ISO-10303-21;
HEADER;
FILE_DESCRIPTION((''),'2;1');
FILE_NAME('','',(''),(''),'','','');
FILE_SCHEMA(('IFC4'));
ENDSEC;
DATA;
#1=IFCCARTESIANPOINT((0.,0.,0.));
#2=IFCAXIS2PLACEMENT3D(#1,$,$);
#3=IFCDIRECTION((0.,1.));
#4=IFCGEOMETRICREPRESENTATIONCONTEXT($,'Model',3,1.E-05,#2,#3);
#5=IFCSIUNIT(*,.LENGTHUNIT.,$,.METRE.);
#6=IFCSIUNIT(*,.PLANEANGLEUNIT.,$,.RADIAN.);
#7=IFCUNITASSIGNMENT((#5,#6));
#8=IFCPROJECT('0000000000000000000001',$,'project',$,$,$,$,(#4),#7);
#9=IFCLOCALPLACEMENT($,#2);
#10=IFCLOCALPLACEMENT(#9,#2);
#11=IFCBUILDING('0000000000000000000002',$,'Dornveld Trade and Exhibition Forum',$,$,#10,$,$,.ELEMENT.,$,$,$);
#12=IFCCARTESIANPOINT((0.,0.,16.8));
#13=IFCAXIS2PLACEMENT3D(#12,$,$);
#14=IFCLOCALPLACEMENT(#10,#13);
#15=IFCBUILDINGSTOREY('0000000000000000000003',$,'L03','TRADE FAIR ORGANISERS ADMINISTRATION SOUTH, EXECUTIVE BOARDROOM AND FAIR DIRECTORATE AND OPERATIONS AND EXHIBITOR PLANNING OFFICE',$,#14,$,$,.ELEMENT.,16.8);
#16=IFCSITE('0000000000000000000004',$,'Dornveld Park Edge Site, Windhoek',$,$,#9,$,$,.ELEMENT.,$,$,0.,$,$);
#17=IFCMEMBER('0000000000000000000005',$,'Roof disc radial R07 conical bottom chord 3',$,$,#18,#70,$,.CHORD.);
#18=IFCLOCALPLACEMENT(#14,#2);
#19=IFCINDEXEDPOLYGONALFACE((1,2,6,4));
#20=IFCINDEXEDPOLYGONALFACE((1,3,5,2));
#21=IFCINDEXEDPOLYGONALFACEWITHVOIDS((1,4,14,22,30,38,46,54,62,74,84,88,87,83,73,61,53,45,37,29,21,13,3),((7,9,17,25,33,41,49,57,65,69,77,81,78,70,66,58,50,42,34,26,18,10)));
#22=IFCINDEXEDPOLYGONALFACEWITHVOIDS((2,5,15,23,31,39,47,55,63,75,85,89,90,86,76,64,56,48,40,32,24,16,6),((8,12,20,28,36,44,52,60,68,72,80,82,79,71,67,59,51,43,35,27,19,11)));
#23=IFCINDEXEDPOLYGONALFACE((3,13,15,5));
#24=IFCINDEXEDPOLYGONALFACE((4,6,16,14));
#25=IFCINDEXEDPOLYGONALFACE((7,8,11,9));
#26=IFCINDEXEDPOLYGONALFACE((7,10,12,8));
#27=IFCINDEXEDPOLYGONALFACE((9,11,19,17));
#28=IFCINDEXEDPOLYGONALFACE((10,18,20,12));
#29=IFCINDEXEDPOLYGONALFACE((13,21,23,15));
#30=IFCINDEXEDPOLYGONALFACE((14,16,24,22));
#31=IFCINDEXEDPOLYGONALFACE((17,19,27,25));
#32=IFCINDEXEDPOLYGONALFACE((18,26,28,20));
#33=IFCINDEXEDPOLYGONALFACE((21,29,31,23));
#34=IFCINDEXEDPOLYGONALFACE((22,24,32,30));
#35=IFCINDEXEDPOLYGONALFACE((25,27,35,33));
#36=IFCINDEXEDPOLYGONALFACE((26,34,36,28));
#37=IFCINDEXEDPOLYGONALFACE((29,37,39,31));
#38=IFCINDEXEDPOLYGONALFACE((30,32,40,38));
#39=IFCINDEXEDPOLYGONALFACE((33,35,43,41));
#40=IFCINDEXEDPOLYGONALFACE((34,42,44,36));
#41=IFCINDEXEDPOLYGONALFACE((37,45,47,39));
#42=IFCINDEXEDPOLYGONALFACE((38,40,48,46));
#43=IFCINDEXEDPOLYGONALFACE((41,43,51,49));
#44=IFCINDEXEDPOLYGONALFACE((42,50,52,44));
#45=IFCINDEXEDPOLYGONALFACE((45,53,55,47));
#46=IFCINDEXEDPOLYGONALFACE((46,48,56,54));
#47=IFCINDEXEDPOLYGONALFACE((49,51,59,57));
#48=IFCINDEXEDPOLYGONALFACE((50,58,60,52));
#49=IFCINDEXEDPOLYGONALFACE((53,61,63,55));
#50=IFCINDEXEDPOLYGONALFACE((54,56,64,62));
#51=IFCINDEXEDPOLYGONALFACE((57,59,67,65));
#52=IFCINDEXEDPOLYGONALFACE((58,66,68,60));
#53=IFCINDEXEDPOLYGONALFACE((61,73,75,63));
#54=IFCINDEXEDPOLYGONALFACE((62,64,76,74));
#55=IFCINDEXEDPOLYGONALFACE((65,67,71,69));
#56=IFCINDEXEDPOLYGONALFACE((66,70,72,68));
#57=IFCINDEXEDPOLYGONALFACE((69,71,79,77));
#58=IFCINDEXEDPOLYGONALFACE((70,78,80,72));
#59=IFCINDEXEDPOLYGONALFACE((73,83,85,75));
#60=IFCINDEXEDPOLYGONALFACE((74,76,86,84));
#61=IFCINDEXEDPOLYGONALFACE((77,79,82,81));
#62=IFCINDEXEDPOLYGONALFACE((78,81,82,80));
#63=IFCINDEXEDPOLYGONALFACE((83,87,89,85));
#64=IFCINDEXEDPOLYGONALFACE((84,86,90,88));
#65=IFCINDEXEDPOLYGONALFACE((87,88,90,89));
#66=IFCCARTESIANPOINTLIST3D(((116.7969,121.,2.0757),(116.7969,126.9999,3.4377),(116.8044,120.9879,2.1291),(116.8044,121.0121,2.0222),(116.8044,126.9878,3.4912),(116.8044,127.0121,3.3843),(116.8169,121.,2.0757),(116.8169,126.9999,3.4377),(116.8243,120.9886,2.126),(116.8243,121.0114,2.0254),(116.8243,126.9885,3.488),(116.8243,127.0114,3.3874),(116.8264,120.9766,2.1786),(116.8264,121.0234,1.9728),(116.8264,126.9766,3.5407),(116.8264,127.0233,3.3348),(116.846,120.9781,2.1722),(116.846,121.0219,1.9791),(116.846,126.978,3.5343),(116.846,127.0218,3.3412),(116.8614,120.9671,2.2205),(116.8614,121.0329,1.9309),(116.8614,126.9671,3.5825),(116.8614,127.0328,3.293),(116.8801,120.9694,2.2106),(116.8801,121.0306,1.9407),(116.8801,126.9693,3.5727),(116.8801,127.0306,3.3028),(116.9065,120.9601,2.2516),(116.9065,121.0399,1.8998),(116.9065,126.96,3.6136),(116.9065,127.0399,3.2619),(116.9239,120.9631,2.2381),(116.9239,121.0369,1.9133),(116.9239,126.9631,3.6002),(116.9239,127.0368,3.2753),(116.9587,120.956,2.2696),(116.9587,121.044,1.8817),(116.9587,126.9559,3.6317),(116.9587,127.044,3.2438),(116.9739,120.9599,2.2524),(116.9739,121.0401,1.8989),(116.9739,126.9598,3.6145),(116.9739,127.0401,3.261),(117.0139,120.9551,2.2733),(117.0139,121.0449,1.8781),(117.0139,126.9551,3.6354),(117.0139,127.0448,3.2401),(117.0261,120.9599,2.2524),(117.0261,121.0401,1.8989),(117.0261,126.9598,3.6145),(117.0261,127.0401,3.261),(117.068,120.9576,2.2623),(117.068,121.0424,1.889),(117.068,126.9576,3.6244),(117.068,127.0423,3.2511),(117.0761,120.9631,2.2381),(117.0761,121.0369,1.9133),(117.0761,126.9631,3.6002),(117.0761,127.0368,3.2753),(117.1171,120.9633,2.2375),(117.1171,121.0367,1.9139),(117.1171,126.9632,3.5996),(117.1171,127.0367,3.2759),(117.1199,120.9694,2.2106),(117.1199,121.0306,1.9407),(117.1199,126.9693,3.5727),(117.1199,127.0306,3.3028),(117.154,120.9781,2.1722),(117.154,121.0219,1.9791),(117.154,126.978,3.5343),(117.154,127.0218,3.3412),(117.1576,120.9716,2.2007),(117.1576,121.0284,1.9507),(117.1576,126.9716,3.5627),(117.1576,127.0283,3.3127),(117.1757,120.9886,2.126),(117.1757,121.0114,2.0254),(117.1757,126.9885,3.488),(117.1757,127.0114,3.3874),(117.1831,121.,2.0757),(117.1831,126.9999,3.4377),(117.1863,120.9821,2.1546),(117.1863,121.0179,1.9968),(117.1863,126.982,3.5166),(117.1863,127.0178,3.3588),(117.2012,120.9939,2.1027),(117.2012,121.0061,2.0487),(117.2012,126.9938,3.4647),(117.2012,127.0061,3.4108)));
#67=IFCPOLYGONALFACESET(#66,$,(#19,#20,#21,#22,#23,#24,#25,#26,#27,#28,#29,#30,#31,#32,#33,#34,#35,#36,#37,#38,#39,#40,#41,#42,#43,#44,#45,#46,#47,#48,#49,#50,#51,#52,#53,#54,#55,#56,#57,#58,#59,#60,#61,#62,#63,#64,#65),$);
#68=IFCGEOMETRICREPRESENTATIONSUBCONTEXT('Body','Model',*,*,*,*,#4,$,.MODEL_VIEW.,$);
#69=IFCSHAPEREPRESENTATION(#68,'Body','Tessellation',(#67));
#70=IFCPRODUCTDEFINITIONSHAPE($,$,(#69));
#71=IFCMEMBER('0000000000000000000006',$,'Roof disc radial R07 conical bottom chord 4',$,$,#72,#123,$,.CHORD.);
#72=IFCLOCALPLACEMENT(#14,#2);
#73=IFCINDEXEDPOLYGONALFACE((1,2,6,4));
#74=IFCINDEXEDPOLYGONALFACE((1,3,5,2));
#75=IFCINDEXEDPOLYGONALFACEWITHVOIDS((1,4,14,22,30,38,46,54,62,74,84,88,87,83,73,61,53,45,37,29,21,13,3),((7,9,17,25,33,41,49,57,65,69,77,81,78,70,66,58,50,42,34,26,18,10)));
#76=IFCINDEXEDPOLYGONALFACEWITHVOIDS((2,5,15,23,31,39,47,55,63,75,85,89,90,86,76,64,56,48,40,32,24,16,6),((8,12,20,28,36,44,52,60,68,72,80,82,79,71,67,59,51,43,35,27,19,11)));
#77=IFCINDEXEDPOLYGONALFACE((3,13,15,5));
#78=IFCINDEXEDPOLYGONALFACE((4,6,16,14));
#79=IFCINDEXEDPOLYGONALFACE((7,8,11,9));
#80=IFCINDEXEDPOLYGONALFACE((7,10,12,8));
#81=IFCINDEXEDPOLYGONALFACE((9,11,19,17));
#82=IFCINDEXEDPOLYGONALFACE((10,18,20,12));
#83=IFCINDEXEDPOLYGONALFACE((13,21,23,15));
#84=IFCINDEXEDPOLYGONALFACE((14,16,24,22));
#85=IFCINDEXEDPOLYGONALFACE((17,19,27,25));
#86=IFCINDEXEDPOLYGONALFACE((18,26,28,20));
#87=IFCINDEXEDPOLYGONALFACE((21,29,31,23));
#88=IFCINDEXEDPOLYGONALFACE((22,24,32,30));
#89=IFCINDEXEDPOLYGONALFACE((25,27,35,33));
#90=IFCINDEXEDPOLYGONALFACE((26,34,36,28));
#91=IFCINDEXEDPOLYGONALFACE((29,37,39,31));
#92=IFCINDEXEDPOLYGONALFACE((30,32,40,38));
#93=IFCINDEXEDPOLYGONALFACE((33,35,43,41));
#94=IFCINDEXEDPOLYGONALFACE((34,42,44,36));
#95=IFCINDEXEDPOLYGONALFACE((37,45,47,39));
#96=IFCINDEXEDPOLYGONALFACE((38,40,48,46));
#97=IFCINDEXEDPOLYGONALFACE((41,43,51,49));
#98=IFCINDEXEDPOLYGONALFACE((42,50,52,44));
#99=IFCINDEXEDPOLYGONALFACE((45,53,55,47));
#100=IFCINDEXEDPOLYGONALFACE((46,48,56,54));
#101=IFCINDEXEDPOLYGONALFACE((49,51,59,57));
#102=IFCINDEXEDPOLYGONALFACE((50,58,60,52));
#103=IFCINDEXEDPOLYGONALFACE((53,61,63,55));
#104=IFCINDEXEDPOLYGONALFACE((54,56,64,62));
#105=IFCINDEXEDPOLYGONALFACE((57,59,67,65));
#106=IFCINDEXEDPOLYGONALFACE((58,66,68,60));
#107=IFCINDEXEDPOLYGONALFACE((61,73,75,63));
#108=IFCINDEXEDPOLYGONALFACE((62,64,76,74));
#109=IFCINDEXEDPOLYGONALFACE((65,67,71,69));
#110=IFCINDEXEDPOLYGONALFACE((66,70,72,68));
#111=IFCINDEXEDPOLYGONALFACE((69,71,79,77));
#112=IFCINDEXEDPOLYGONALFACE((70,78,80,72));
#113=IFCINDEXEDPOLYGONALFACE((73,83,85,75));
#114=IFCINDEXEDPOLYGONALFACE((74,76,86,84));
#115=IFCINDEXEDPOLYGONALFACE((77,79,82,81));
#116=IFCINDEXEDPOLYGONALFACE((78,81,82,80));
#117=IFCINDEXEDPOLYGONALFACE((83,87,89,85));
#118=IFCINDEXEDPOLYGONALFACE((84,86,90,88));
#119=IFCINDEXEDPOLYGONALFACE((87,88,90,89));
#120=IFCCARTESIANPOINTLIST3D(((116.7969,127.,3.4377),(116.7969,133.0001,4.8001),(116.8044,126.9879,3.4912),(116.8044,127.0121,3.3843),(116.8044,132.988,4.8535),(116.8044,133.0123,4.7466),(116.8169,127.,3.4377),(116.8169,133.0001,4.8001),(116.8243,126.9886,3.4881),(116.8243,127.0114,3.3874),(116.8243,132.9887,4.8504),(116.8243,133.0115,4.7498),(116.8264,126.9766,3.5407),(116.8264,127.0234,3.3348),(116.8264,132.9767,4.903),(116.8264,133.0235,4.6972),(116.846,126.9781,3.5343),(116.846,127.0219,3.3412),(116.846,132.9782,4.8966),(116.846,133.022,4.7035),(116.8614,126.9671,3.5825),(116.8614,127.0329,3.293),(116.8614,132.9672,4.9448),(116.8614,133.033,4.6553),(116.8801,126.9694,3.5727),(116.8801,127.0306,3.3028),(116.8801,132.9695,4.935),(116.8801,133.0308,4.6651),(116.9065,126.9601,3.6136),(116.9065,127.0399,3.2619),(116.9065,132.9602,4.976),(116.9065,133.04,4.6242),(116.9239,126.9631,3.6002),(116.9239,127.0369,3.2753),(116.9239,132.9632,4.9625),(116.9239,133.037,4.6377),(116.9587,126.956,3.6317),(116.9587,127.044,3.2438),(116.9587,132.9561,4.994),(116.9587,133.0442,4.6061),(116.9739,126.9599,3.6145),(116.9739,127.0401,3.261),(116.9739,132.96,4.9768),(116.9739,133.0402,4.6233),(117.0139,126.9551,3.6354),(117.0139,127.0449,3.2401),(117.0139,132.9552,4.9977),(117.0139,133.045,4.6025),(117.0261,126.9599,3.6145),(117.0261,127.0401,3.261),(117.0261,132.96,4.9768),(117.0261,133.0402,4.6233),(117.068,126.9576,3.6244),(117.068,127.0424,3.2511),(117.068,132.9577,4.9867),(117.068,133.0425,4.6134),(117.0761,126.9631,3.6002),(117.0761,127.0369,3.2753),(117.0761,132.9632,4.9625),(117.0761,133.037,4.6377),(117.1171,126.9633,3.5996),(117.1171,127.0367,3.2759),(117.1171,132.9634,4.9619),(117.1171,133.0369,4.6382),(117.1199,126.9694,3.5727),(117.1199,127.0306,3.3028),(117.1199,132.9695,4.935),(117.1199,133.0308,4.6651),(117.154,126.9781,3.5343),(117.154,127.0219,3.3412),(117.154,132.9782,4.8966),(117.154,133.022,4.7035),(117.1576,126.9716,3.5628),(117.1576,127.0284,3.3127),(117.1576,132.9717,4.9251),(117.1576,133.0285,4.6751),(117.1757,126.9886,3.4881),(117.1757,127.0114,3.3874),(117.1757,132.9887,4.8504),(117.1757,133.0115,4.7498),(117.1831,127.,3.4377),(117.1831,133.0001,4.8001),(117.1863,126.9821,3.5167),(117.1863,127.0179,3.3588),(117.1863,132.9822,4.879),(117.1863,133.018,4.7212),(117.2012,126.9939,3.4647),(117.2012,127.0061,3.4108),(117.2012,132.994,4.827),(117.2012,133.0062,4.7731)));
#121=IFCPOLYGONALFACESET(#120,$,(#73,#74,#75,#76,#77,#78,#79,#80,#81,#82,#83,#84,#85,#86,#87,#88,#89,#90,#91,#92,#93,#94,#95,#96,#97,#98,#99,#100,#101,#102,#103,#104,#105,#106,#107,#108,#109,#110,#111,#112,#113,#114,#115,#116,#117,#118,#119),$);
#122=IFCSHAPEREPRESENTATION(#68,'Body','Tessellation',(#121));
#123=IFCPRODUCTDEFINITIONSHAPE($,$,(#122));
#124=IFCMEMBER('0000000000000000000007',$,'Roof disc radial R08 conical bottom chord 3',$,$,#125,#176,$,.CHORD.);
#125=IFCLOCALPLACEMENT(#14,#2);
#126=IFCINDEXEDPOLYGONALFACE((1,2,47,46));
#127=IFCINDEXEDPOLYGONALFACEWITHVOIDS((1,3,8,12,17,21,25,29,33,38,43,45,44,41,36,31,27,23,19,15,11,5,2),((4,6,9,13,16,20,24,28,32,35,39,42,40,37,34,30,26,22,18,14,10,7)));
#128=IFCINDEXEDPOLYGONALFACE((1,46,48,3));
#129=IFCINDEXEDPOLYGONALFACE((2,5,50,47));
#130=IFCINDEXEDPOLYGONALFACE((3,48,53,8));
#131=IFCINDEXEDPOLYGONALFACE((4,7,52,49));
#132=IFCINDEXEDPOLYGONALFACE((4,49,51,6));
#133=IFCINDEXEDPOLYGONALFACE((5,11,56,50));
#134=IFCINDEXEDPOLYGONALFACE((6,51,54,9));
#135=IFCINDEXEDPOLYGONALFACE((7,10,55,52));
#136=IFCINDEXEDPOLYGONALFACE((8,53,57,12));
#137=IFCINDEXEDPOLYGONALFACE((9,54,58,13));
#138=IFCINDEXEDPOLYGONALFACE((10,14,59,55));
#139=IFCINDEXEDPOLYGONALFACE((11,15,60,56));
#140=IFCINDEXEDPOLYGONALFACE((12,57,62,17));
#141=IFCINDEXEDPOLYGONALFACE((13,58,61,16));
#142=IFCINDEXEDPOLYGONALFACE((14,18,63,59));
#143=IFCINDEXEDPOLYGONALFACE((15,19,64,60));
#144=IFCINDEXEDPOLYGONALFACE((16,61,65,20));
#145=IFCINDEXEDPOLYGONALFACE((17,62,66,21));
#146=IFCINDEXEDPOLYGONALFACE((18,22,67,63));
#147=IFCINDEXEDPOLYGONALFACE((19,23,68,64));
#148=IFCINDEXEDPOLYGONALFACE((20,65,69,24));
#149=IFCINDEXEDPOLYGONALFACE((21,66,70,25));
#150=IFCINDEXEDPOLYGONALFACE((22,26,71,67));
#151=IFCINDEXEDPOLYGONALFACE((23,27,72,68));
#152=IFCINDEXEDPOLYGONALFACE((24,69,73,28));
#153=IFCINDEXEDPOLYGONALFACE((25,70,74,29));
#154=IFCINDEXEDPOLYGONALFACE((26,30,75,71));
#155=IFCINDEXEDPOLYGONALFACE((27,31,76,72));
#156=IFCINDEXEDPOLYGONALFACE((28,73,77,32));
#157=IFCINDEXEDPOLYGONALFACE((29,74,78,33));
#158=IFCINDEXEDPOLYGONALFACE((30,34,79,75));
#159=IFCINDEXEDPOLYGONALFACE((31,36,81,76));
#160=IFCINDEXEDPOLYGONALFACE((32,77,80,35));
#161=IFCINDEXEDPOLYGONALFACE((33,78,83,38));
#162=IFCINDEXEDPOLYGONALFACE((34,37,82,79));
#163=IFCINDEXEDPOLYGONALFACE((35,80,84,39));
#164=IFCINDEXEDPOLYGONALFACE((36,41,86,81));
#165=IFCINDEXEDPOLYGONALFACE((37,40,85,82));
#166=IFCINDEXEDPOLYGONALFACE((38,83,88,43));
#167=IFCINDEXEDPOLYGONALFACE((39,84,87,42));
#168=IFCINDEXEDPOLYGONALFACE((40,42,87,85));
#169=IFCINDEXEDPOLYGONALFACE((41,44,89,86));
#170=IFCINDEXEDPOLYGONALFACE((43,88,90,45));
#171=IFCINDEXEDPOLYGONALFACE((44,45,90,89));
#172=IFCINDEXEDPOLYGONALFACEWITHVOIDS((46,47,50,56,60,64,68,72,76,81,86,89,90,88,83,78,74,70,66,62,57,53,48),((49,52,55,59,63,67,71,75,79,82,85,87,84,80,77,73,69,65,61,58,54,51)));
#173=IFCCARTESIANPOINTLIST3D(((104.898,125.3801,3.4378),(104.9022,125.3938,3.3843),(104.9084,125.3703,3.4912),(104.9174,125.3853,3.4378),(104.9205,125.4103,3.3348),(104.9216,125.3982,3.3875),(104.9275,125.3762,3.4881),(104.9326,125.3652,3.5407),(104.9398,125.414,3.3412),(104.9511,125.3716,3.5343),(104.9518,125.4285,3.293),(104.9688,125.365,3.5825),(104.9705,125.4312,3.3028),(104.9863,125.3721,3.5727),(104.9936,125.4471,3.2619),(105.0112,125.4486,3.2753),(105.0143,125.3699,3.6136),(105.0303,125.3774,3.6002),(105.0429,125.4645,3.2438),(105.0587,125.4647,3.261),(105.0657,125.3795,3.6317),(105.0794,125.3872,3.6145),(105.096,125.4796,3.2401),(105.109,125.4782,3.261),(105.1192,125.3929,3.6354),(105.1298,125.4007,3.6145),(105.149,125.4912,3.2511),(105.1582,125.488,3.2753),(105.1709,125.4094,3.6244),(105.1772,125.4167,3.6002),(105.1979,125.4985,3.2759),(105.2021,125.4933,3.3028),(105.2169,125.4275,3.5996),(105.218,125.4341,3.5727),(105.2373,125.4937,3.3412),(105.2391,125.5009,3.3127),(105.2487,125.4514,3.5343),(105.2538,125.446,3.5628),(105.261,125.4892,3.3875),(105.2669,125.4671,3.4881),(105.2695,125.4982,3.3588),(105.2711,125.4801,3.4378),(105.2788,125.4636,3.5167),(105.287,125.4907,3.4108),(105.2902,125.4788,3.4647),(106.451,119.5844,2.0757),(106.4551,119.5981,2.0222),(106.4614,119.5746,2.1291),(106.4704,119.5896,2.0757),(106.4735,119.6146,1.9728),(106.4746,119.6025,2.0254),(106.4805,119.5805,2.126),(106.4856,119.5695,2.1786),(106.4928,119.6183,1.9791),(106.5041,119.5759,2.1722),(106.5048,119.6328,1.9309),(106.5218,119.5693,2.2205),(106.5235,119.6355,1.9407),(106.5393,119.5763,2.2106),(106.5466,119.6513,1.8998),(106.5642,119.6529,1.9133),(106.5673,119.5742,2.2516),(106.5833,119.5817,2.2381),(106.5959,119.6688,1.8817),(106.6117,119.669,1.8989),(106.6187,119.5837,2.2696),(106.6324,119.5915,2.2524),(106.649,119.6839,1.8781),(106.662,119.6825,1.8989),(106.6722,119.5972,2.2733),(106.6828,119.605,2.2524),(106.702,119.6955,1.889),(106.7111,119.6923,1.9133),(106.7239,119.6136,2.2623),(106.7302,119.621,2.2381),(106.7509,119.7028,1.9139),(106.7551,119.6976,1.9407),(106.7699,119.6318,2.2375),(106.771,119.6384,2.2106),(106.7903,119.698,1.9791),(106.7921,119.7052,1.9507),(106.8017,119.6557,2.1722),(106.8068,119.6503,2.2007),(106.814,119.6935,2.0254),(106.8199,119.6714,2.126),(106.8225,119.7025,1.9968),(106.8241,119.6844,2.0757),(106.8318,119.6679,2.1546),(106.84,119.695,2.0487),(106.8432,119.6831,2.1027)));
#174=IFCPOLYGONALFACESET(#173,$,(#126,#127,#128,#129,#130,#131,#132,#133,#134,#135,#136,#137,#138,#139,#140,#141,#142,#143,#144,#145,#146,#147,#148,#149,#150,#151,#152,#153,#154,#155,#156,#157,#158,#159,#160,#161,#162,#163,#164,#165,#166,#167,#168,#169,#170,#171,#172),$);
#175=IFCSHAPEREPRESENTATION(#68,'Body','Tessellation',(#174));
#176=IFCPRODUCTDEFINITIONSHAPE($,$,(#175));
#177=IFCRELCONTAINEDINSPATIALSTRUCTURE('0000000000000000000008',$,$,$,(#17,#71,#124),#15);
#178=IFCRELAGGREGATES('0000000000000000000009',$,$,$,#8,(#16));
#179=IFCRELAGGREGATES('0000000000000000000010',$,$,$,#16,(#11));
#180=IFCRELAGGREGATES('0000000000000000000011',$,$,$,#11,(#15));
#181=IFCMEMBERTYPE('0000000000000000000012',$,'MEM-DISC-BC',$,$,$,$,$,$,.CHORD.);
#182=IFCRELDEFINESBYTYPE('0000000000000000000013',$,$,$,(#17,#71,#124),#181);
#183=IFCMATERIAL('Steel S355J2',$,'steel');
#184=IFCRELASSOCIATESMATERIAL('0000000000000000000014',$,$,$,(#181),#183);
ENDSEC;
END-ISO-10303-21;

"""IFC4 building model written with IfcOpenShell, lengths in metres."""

from ifc_helpers import new_model, si_unit, direction, frame, origin, origin_2d, place, context, subcontext, project, spatial, hollow_circle, extrude, material, material_profile, profile_set, type_object, element, save


model = new_model("IFC4")

# Units and contexts
model_context = context("Model", 3, precision=1e-05, world=origin(), true_north=direction((0.0, 1.0)))
body_context = subcontext(model_context, "Body", "Model", "MODEL_VIEW")
ifc_project = project(units=[si_unit("LENGTHUNIT", "METRE"), si_unit("PLANEANGLEUNIT", "RADIAN")], contexts=[model_context])

# Site, building, storey
site_placement = place(None, origin())
site = spatial("IfcSite", under=ifc_project, at=site_placement, Name="Dornveld Park Edge Site, Windhoek", CompositionType="ELEMENT", RefElevation=0.0)
building_placement = place(site_placement, origin())
building = spatial("IfcBuilding", under=site, at=building_placement, Name="Dornveld Trade and Exhibition Forum", CompositionType="ELEMENT")
storey_placement = place(building_placement, frame((0.0, 0.0, 16.8)))
storey = spatial("IfcBuildingStorey", under=building, at=storey_placement, Name="L03", Description="TRADE FAIR ORGANISERS ADMINISTRATION SOUTH, EXECUTIVE BOARDROOM AND FAIR DIRECTORATE AND OPERATIONS AND EXHIBITOR PLANNING OFFICE", CompositionType="ELEMENT", Elevation=16.8)

# Members
ifc_material_1 = material(Name="Steel S355J2", Category="steel")
ifc_material_profile_1 = material_profile(ifc_material_1, hollow_circle(Radius=0.2031, WallThickness=0.02, at=origin_2d()), Name="CHS 406.4x20")
ifc_profile_set_1 = profile_set([ifc_material_profile_1], Name="Steel S355J2")
member_type_1 = type_object("IfcMemberType", Name="MEM-DISC-BC", PredefinedType="CHORD", material=ifc_profile_set_1)
member_1_placement = place(storey_placement, frame((117.0, 121.0, 2.0757), z_axis=(0.0, 0.975188, 0.221378), x_axis=(-1.0, 0.0, 0.0)))
element("IfcMember", 1, at=member_1_placement, inside=storey, type_object=member_type_1, Name="Roof disc radial R07 conical bottom chord 3", PredefinedType="CHORD", context=body_context, shape_type="SweptSolid", body=[
    extrude(hollow_circle(Radius=0.2031, WallThickness=0.02, at=origin_2d()), origin(), (0.0, 0.0, 1.0), 6.1526),
])
for number, where, z_axis, x_axis, name in (
    (2, (117.0, 127.0, 3.4377), (0.0, 0.97518, 0.221415), (-1.0, 0.0, 0.0), "Roof disc radial R07 conical bottom chord 4"),
    (3, (106.6472, 119.637, 2.0757), (-0.252403, 0.941959, 0.221374), (-0.965924, -0.258825, 0.0), "Roof disc radial R08 conical bottom chord 3"),
):
    element("IfcMember", number, at=place(storey_placement, frame(where, z_axis=z_axis, x_axis=x_axis)), inside=storey, type_object=member_type_1, Name=name, PredefinedType="CHORD", context=body_context, shape_type="SweptSolid", body=[
        extrude(hollow_circle(Radius=0.2031, WallThickness=0.02, at=origin_2d()), origin(), (0.0, 0.0, 1.0), 6.1528),
    ])

save(model, "model.ifc")
